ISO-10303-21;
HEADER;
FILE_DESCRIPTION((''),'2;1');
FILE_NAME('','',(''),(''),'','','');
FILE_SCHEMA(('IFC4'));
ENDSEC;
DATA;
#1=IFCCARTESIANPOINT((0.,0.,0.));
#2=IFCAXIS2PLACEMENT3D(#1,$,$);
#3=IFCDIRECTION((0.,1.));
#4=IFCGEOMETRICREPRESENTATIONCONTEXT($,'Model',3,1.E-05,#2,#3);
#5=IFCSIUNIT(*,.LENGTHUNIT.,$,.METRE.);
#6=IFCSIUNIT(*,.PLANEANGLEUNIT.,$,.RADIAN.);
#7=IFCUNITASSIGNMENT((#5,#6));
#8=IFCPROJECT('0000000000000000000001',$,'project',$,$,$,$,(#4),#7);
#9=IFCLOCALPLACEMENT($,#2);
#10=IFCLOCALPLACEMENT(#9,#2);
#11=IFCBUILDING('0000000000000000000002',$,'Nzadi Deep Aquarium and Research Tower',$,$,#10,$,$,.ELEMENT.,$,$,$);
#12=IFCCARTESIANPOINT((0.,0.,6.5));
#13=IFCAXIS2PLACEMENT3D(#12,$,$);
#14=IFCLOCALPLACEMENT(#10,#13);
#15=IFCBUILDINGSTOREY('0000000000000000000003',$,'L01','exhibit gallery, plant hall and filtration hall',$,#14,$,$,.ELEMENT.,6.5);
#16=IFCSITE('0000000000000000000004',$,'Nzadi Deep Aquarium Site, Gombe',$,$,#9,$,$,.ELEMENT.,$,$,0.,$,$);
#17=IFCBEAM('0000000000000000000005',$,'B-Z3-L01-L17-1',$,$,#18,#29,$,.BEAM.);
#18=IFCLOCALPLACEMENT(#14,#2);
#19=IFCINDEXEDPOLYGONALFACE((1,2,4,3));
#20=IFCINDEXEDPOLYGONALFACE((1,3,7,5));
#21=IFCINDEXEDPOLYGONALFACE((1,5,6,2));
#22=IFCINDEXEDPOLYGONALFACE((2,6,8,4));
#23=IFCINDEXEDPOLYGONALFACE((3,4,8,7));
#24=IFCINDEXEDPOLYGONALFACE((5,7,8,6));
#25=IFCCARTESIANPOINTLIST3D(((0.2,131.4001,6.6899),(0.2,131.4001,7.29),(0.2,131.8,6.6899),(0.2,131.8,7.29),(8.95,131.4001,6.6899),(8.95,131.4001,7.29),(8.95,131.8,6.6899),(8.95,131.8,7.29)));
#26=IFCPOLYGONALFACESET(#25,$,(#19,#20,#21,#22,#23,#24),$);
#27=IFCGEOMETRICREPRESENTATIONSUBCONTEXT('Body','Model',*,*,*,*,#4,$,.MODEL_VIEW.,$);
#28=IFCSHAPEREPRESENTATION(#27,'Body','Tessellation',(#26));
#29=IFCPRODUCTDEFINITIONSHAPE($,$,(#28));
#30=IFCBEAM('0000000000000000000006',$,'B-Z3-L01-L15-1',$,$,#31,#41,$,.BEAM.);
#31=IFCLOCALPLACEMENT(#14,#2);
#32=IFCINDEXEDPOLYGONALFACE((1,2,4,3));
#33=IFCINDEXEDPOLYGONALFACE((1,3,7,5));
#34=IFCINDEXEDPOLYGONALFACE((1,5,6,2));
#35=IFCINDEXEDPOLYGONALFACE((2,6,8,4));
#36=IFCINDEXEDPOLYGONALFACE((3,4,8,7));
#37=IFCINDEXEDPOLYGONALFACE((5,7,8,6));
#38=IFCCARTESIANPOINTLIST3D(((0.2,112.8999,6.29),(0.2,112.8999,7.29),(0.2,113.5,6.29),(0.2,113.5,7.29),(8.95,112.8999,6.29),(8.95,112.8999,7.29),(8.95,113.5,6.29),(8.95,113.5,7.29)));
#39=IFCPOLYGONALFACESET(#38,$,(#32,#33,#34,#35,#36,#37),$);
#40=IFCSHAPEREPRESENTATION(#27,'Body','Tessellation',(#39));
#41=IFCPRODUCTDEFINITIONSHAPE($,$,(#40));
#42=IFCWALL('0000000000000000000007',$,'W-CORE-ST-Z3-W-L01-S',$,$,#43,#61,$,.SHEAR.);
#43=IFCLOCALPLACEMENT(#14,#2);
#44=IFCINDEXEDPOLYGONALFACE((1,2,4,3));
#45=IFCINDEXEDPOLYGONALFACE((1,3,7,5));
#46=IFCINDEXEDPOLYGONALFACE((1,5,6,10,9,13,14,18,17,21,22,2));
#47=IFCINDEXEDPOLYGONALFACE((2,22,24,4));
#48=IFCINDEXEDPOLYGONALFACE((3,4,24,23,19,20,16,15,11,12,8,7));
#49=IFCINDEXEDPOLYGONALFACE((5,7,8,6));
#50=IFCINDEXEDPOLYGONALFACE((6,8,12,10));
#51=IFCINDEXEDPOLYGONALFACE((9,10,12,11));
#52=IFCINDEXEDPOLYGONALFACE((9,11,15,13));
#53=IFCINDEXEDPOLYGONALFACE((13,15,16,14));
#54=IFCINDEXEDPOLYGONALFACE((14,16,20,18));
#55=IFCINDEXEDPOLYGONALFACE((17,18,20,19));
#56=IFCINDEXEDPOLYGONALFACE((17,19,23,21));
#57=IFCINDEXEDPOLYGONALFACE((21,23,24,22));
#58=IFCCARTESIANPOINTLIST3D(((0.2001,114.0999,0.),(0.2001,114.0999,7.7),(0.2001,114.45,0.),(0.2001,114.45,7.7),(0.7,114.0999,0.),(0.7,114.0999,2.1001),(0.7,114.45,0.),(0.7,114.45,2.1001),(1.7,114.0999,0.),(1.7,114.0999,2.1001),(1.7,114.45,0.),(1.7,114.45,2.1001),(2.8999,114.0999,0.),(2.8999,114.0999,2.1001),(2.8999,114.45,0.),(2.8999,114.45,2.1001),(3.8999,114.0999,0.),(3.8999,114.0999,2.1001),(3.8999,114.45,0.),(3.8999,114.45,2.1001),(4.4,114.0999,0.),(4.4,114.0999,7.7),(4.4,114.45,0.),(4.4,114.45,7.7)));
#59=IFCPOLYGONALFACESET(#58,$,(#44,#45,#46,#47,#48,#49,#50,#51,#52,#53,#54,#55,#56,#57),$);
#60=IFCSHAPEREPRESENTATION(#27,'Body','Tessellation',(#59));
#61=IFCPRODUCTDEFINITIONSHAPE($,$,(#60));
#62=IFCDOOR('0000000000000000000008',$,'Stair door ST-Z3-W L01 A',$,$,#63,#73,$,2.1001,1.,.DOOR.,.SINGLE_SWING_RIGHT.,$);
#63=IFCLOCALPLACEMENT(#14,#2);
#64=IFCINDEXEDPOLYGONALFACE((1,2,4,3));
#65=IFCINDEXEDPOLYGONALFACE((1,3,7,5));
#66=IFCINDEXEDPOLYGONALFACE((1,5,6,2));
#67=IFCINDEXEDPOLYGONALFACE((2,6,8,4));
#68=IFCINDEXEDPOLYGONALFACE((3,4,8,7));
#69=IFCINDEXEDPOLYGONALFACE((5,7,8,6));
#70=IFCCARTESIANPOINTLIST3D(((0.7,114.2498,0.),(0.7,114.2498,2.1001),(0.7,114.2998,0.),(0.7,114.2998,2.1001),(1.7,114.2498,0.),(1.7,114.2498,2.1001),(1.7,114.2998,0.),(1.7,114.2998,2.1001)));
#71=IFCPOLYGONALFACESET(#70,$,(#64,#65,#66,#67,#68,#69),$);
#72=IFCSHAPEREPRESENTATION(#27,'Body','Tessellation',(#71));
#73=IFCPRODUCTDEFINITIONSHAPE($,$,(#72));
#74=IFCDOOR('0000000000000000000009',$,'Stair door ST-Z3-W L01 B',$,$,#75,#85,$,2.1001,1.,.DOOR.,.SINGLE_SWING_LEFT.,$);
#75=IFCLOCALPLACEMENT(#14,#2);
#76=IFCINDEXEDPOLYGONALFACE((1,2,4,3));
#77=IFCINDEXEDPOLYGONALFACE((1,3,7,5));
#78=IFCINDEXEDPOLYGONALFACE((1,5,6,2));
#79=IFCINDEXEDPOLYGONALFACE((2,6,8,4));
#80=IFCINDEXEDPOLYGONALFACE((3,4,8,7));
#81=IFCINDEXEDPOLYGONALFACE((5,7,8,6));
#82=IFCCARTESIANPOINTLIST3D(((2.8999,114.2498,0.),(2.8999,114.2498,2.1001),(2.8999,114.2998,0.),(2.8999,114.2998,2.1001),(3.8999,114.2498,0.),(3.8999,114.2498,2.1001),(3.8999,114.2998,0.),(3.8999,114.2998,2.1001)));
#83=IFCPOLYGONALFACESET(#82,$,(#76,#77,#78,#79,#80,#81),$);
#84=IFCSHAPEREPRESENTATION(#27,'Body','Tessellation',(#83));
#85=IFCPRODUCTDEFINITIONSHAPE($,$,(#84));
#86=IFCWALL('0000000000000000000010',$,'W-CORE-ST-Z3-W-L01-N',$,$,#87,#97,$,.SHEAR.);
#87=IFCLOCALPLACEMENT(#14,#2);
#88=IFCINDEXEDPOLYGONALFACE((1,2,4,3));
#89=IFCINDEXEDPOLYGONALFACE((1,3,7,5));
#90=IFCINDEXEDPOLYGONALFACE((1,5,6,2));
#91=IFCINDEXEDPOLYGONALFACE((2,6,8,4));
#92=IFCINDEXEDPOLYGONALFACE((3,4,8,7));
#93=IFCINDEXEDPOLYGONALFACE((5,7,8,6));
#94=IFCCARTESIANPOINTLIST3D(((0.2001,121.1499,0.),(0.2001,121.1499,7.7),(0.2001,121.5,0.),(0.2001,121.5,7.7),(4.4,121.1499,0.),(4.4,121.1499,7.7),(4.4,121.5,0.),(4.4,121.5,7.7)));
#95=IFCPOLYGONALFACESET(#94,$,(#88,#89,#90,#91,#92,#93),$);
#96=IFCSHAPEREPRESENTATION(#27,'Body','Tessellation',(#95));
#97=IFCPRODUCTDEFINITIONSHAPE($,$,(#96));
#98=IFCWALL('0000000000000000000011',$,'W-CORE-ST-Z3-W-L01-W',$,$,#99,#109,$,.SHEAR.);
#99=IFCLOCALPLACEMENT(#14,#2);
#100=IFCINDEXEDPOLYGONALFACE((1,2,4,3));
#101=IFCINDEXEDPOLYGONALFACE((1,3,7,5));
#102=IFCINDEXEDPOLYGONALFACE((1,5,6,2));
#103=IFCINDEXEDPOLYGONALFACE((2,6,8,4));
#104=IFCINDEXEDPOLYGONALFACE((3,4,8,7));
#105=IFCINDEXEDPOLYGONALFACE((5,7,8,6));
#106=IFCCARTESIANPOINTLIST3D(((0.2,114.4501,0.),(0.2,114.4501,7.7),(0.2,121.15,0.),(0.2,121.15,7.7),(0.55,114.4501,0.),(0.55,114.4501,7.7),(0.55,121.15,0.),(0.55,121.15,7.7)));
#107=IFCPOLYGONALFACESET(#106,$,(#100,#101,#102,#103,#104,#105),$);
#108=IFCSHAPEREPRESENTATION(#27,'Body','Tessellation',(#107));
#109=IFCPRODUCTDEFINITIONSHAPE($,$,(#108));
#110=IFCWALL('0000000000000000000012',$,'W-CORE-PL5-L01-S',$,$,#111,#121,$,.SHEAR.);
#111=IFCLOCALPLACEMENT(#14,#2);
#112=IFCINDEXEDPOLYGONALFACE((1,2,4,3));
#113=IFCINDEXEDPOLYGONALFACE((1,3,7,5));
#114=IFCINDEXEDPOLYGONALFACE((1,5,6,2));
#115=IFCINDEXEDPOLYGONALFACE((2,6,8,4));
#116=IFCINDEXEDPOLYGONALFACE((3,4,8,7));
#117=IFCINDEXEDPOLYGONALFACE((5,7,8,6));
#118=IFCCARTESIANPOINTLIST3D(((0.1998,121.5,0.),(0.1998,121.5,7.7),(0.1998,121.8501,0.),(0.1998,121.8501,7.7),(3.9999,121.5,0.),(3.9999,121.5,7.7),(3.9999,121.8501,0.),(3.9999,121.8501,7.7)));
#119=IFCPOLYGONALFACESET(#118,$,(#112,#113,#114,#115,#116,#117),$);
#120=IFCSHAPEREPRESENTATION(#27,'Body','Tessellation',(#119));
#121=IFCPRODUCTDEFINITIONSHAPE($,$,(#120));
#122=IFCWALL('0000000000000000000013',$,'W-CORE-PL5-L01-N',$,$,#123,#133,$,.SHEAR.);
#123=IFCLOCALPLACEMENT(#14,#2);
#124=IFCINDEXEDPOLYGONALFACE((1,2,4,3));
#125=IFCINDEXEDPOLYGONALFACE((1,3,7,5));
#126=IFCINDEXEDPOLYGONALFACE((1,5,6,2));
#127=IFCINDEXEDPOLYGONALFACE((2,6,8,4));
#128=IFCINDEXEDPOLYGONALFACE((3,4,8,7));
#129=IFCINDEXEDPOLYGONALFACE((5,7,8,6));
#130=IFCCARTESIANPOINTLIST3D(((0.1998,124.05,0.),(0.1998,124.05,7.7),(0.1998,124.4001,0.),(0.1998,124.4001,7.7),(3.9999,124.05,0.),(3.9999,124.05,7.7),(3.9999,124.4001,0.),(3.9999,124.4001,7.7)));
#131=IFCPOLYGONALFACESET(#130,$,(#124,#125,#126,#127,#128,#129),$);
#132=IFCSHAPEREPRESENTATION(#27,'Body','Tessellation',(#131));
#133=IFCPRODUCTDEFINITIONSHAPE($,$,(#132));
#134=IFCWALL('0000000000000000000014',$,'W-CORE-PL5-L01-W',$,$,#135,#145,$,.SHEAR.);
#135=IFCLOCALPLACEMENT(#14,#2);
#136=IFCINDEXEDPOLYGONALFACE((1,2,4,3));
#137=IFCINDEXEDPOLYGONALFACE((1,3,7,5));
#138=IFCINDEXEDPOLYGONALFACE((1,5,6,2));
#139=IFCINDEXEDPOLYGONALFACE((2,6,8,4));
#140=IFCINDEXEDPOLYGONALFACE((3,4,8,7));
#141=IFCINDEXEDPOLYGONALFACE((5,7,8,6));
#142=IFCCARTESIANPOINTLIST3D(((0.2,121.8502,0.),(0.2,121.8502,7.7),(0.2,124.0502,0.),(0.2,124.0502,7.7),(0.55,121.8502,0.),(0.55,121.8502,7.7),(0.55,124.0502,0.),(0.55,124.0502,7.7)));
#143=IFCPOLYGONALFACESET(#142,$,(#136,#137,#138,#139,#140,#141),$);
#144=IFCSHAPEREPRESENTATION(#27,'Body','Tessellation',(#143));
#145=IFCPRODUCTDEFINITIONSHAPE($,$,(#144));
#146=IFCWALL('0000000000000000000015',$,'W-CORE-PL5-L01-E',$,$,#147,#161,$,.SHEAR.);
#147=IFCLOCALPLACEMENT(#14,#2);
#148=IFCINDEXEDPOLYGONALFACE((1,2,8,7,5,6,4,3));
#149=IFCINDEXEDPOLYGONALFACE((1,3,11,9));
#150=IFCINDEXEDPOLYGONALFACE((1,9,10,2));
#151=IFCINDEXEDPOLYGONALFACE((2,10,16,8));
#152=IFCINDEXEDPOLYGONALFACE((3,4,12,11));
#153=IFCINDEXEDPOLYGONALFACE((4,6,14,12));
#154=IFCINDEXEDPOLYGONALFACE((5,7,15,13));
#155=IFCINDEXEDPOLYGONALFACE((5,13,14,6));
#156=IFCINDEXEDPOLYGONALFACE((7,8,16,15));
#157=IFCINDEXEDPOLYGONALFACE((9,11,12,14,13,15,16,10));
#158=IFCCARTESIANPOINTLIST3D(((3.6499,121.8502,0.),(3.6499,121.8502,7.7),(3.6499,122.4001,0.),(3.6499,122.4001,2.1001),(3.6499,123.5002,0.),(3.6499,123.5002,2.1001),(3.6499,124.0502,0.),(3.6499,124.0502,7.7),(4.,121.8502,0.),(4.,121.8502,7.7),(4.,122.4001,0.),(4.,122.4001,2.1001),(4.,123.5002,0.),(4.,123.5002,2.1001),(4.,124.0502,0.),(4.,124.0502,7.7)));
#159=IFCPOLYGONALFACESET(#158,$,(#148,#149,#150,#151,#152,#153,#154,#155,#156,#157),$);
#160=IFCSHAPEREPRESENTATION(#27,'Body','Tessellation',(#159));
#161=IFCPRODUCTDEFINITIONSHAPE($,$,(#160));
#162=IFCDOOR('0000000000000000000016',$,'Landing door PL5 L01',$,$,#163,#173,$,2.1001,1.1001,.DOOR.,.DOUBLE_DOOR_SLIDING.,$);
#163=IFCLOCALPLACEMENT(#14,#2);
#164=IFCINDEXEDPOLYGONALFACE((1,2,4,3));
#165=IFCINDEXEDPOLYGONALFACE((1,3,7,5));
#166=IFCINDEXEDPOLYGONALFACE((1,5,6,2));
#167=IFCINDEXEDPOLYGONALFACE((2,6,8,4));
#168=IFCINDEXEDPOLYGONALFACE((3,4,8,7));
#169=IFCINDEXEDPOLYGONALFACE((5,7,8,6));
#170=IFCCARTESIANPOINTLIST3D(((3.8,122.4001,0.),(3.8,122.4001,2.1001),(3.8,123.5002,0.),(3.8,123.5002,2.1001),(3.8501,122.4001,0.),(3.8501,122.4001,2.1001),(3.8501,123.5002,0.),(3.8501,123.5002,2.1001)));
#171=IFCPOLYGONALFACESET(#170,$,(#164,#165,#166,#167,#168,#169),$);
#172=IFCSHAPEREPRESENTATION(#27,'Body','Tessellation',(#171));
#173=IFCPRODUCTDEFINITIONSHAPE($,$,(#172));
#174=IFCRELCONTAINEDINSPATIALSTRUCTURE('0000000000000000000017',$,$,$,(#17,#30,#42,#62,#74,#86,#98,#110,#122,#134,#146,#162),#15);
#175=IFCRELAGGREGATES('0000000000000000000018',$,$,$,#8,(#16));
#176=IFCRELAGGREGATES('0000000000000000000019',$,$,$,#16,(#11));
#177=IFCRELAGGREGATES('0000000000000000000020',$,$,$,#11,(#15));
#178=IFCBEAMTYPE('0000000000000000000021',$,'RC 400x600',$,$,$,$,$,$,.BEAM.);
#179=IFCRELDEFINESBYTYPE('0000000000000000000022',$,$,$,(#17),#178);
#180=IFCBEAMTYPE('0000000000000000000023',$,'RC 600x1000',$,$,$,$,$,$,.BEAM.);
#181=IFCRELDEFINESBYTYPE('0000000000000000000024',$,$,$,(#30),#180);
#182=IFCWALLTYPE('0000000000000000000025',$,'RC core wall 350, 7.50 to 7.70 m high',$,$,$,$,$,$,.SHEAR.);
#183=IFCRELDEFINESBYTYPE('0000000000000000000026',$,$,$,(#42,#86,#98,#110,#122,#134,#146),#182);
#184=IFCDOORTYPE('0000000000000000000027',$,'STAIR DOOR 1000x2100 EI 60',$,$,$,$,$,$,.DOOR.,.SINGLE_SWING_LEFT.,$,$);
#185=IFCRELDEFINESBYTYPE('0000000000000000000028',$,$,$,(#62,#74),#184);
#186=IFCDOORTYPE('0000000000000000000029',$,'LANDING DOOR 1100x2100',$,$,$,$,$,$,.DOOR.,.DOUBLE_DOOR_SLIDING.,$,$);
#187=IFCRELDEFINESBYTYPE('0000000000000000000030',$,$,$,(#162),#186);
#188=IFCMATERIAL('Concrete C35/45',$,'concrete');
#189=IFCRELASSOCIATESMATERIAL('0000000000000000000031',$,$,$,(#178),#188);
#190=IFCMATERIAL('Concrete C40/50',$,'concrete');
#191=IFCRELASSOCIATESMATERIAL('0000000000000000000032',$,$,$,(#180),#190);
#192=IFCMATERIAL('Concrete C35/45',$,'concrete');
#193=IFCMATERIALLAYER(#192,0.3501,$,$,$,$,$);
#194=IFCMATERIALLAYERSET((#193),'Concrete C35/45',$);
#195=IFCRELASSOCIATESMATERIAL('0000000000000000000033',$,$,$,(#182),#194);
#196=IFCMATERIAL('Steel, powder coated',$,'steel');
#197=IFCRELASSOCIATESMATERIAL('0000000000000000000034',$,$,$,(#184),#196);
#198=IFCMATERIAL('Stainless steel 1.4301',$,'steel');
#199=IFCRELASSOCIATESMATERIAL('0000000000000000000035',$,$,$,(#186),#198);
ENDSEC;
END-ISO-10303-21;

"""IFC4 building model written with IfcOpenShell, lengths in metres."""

from ifc_helpers import new_model, si_unit, direction, frame, frame_2d, origin, origin_2d, place, context, subcontext, project, spatial, rectangle, extrude, material, layer, layer_set, material_profile, profile_set, type_object, element, fill, save


model = new_model("IFC4")

# Units and contexts
model_context = context("Model", 3, precision=1e-05, world=origin(), true_north=direction((0.0, 1.0)))
body_context = subcontext(model_context, "Body", "Model", "MODEL_VIEW")
ifc_project = project(units=[si_unit("LENGTHUNIT", "METRE"), si_unit("PLANEANGLEUNIT", "RADIAN")], contexts=[model_context])

# Site, building, storey
site_placement = place(None, origin())
site = spatial("IfcSite", under=ifc_project, at=site_placement, Name="Nzadi Deep Aquarium Site, Gombe", CompositionType="ELEMENT", RefElevation=0.0)
building_placement = place(site_placement, origin())
building = spatial("IfcBuilding", under=site, at=building_placement, Name="Nzadi Deep Aquarium and Research Tower", CompositionType="ELEMENT")
storey_placement = place(building_placement, frame((0.0, 0.0, 6.5)))
storey = spatial("IfcBuildingStorey", under=building, at=storey_placement, Name="L01", Description="exhibit gallery, plant hall and filtration hall", CompositionType="ELEMENT", Elevation=6.5)

# Beams
ifc_material_1 = material(Name="Concrete C35/45", Category="concrete")
ifc_material_profile_1 = material_profile(ifc_material_1, rectangle(XDim=0.3999, YDim=0.6001, at=origin_2d()))
ifc_profile_set_1 = profile_set([ifc_material_profile_1], Name="Concrete C35/45")
beam_type_1 = type_object("IfcBeamType", Name="RC 400x600", PredefinedType="BEAM", material=ifc_profile_set_1)
beam_1_placement = place(storey_placement, frame((0.2, 131.6001, 6.99), z_axis=(1.0, 0.0, 0.0), x_axis=(0.0, 1.0, 0.0)))
element("IfcBeam", 1, at=beam_1_placement, inside=storey, type_object=beam_type_1, Name="B-Z3-L01-L17-1", PredefinedType="BEAM", context=body_context, shape_type="SweptSolid", body=[
    extrude(rectangle(XDim=0.3999, YDim=0.6001, at=origin_2d()), origin(), (0.0, 0.0, 1.0), 8.75),
])
ifc_material_2 = material(Name="Concrete C40/50", Category="concrete")
ifc_material_profile_2 = material_profile(ifc_material_2, rectangle(XDim=0.6001, YDim=1.0, at=origin_2d()))
ifc_profile_set_2 = profile_set([ifc_material_profile_2], Name="Concrete C40/50")
beam_type_2 = type_object("IfcBeamType", Name="RC 600x1000", PredefinedType="BEAM", material=ifc_profile_set_2)
beam_2_placement = place(storey_placement, frame((0.2, 113.2, 6.79), z_axis=(1.0, 0.0, 0.0), x_axis=(0.0, 1.0, 0.0)))
element("IfcBeam", 2, at=beam_2_placement, inside=storey, type_object=beam_type_2, Name="B-Z3-L01-L15-1", PredefinedType="BEAM", context=body_context, shape_type="SweptSolid", body=[
    extrude(rectangle(XDim=0.6001, YDim=1.0, at=origin_2d()), origin(), (0.0, 0.0, 1.0), 8.75),
])

# Wall, openings, doors
ifc_material_3 = material(Name="Concrete C35/45", Category="concrete")
ifc_layer = layer(ifc_material_3, 0.3501)
ifc_layer_set = layer_set([ifc_layer], Name="Concrete C35/45")
wall_type = type_object("IfcWallType", Name="RC core wall 350, 7.50 to 7.70 m high", PredefinedType="SHEAR", material=ifc_layer_set)
wall_1_placement = place(storey_placement, frame((0.2, 114.2749, 0.0), z_axis=(0.0, 0.0, 1.0), x_axis=(1.0, 0.0, 0.0)))
wall_1 = element("IfcWall", 3, at=wall_1_placement, inside=storey, type_object=wall_type, Name="W-CORE-ST-Z3-W-L01-S", PredefinedType="SHEAR", context=body_context, shape_type="SweptSolid", body=[
    extrude(rectangle(XDim=4.2, YDim=0.3501, at=frame_2d((2.1001, 0.0))), origin(), (0.0, 0.0, 1.0), 7.7),
])
opening_1_placement = place(wall_1_placement, frame((0.5, 0.0, 0.0)))
opening_1 = element("IfcOpeningElement", 4, at=opening_1_placement, cuts=wall_1, PredefinedType="OPENING", context=body_context, shape_type="SweptSolid", body=[
    extrude(rectangle(XDim=1.0, YDim=2.1001, at=frame_2d((0.5, 1.05))), frame((0.0, 0.1851, 0.0), z_axis=(0.0, -1.0, 0.0), x_axis=(1.0, 0.0, 0.0)), (0.0, 0.0, 1.0), 0.3701),
])
opening_2_placement = place(wall_1_placement, frame((2.7, 0.0, 0.0)))
opening_2 = element("IfcOpeningElement", 5, at=opening_2_placement, cuts=wall_1, PredefinedType="OPENING", context=body_context, shape_type="SweptSolid", body=[
    extrude(rectangle(XDim=1.0, YDim=2.1001, at=frame_2d((0.5, 1.05))), frame((0.0, 0.1851, 0.0), z_axis=(0.0, -1.0, 0.0), x_axis=(1.0, 0.0, 0.0)), (0.0, 0.0, 1.0), 0.3701),
])
ifc_material_4 = material(Name="Steel, powder coated", Category="steel")
door_type_1 = type_object("IfcDoorType", Name="STAIR DOOR 1000x2100 EI 60", OperationType="SINGLE_SWING_LEFT", PredefinedType="DOOR", material=ifc_material_4)
door_1_placement = place(opening_1_placement, origin())
door_1 = element("IfcDoor", 6, at=door_1_placement, inside=storey, type_object=door_type_1, Name="Stair door ST-Z3-W L01 A", OperationType="SINGLE_SWING_RIGHT", OverallHeight=2.1001, OverallWidth=1.0, PredefinedType="DOOR", context=body_context, shape_type="SweptSolid", body=[
    extrude(rectangle(XDim=1.0, YDim=2.1001, at=frame_2d((0.5, 1.05))), frame((0.0, 0.0249, 0.0), z_axis=(0.0, -1.0, 0.0), x_axis=(1.0, 0.0, 0.0)), (0.0, 0.0, 1.0), 0.05),
])
fill(opening_1, door_1)
door_2_placement = place(opening_2_placement, origin())
door_2 = element("IfcDoor", 7, at=door_2_placement, inside=storey, type_object=door_type_1, Name="Stair door ST-Z3-W L01 B", OperationType="SINGLE_SWING_LEFT", OverallHeight=2.1001, OverallWidth=1.0, PredefinedType="DOOR", context=body_context, shape_type="SweptSolid", body=[
    extrude(rectangle(XDim=1.0, YDim=2.1001, at=frame_2d((0.5, 1.05))), frame((0.0, 0.0249, 0.0), z_axis=(0.0, -1.0, 0.0), x_axis=(1.0, 0.0, 0.0)), (0.0, 0.0, 1.0), 0.05),
])
fill(opening_2, door_2)

# Walls
wall_2_placement = place(storey_placement, frame((0.2, 121.325, 0.0), z_axis=(0.0, 0.0, 1.0), x_axis=(1.0, 0.0, 0.0)))
element("IfcWall", 8, at=wall_2_placement, inside=storey, type_object=wall_type, Name="W-CORE-ST-Z3-W-L01-N", PredefinedType="SHEAR", context=body_context, shape_type="SweptSolid", body=[
    extrude(rectangle(XDim=4.2, YDim=0.3501, at=frame_2d((2.1001, 0.0))), origin(), (0.0, 0.0, 1.0), 7.7),
])
wall_3_placement = place(storey_placement, frame((0.375, 114.45, 0.0), z_axis=(0.0, 0.0, 1.0), x_axis=(0.0, 1.0, 0.0)))
element("IfcWall", 9, at=wall_3_placement, inside=storey, type_object=wall_type, Name="W-CORE-ST-Z3-W-L01-W", PredefinedType="SHEAR", context=body_context, shape_type="SweptSolid", body=[
    extrude(rectangle(XDim=6.7, YDim=0.3501, at=frame_2d((3.3501, 0.0))), origin(), (0.0, 0.0, 1.0), 7.7),
])
for number, where, z_axis, x_axis, name in (
    (10, (0.2, 121.675, 0.0), (0.0, 0.0, 1.0), (1.0, 0.0, 0.0), "W-CORE-PL5-L01-S"),
    (11, (0.2, 124.2251, 0.0), (0.0, 0.0, 1.0), (1.0, 0.0, 0.0), "W-CORE-PL5-L01-N"),
):
    element("IfcWall", number, at=place(storey_placement, frame(where, z_axis=z_axis, x_axis=x_axis)), inside=storey, type_object=wall_type, Name=name, PredefinedType="SHEAR", context=body_context, shape_type="SweptSolid", body=[
        extrude(rectangle(XDim=3.8, YDim=0.3501, at=frame_2d((1.8999, 0.0))), origin(), (0.0, 0.0, 1.0), 7.7),
    ])
wall_4_placement = place(storey_placement, frame((0.375, 121.8501, 0.0), z_axis=(0.0, 0.0, 1.0), x_axis=(0.0, 1.0, 0.0)))
element("IfcWall", 12, at=wall_4_placement, inside=storey, type_object=wall_type, Name="W-CORE-PL5-L01-W", PredefinedType="SHEAR", context=body_context, shape_type="SweptSolid", body=[
    extrude(rectangle(XDim=2.2, YDim=0.3501, at=frame_2d((1.1001, 0.0))), origin(), (0.0, 0.0, 1.0), 7.7),
])

# Wall, opening, door
wall_5_placement = place(storey_placement, frame((3.825, 121.8501, 0.0), z_axis=(0.0, 0.0, 1.0), x_axis=(0.0, 1.0, 0.0)))
wall_5 = element("IfcWall", 13, at=wall_5_placement, inside=storey, type_object=wall_type, Name="W-CORE-PL5-L01-E", PredefinedType="SHEAR", context=body_context, shape_type="SweptSolid", body=[
    extrude(rectangle(XDim=2.2, YDim=0.3501, at=frame_2d((1.1001, 0.0))), origin(), (0.0, 0.0, 1.0), 7.7),
])
opening_3_placement = place(wall_5_placement, frame((0.55, 0.0, 0.0)))
opening_3 = element("IfcOpeningElement", 14, at=opening_3_placement, cuts=wall_5, PredefinedType="OPENING", context=body_context, shape_type="SweptSolid", body=[
    extrude(rectangle(XDim=1.1001, YDim=2.1001, at=frame_2d((0.55, 1.05))), frame((0.0, 0.1851, 0.0), z_axis=(0.0, -1.0, 0.0), x_axis=(1.0, 0.0, 0.0)), (0.0, 0.0, 1.0), 0.3701),
])
ifc_material_5 = material(Name="Stainless steel 1.4301", Category="steel")
door_type_2 = type_object("IfcDoorType", Name="LANDING DOOR 1100x2100", OperationType="DOUBLE_DOOR_SLIDING", PredefinedType="DOOR", material=ifc_material_5)
door_3_placement = place(opening_3_placement, origin())
door_3 = element("IfcDoor", 15, at=door_3_placement, inside=storey, type_object=door_type_2, Name="Landing door PL5 L01", OperationType="DOUBLE_DOOR_SLIDING", OverallHeight=2.1001, OverallWidth=1.1001, PredefinedType="DOOR", context=body_context, shape_type="SweptSolid", body=[
    extrude(rectangle(XDim=1.1001, YDim=2.1001, at=frame_2d((0.55, 1.05))), frame((0.0, 0.0249, 0.0), z_axis=(0.0, -1.0, 0.0), x_axis=(1.0, 0.0, 0.0)), (0.0, 0.0, 1.0), 0.05),
])
fill(opening_3, door_3)

save(model, "model.ifc")
